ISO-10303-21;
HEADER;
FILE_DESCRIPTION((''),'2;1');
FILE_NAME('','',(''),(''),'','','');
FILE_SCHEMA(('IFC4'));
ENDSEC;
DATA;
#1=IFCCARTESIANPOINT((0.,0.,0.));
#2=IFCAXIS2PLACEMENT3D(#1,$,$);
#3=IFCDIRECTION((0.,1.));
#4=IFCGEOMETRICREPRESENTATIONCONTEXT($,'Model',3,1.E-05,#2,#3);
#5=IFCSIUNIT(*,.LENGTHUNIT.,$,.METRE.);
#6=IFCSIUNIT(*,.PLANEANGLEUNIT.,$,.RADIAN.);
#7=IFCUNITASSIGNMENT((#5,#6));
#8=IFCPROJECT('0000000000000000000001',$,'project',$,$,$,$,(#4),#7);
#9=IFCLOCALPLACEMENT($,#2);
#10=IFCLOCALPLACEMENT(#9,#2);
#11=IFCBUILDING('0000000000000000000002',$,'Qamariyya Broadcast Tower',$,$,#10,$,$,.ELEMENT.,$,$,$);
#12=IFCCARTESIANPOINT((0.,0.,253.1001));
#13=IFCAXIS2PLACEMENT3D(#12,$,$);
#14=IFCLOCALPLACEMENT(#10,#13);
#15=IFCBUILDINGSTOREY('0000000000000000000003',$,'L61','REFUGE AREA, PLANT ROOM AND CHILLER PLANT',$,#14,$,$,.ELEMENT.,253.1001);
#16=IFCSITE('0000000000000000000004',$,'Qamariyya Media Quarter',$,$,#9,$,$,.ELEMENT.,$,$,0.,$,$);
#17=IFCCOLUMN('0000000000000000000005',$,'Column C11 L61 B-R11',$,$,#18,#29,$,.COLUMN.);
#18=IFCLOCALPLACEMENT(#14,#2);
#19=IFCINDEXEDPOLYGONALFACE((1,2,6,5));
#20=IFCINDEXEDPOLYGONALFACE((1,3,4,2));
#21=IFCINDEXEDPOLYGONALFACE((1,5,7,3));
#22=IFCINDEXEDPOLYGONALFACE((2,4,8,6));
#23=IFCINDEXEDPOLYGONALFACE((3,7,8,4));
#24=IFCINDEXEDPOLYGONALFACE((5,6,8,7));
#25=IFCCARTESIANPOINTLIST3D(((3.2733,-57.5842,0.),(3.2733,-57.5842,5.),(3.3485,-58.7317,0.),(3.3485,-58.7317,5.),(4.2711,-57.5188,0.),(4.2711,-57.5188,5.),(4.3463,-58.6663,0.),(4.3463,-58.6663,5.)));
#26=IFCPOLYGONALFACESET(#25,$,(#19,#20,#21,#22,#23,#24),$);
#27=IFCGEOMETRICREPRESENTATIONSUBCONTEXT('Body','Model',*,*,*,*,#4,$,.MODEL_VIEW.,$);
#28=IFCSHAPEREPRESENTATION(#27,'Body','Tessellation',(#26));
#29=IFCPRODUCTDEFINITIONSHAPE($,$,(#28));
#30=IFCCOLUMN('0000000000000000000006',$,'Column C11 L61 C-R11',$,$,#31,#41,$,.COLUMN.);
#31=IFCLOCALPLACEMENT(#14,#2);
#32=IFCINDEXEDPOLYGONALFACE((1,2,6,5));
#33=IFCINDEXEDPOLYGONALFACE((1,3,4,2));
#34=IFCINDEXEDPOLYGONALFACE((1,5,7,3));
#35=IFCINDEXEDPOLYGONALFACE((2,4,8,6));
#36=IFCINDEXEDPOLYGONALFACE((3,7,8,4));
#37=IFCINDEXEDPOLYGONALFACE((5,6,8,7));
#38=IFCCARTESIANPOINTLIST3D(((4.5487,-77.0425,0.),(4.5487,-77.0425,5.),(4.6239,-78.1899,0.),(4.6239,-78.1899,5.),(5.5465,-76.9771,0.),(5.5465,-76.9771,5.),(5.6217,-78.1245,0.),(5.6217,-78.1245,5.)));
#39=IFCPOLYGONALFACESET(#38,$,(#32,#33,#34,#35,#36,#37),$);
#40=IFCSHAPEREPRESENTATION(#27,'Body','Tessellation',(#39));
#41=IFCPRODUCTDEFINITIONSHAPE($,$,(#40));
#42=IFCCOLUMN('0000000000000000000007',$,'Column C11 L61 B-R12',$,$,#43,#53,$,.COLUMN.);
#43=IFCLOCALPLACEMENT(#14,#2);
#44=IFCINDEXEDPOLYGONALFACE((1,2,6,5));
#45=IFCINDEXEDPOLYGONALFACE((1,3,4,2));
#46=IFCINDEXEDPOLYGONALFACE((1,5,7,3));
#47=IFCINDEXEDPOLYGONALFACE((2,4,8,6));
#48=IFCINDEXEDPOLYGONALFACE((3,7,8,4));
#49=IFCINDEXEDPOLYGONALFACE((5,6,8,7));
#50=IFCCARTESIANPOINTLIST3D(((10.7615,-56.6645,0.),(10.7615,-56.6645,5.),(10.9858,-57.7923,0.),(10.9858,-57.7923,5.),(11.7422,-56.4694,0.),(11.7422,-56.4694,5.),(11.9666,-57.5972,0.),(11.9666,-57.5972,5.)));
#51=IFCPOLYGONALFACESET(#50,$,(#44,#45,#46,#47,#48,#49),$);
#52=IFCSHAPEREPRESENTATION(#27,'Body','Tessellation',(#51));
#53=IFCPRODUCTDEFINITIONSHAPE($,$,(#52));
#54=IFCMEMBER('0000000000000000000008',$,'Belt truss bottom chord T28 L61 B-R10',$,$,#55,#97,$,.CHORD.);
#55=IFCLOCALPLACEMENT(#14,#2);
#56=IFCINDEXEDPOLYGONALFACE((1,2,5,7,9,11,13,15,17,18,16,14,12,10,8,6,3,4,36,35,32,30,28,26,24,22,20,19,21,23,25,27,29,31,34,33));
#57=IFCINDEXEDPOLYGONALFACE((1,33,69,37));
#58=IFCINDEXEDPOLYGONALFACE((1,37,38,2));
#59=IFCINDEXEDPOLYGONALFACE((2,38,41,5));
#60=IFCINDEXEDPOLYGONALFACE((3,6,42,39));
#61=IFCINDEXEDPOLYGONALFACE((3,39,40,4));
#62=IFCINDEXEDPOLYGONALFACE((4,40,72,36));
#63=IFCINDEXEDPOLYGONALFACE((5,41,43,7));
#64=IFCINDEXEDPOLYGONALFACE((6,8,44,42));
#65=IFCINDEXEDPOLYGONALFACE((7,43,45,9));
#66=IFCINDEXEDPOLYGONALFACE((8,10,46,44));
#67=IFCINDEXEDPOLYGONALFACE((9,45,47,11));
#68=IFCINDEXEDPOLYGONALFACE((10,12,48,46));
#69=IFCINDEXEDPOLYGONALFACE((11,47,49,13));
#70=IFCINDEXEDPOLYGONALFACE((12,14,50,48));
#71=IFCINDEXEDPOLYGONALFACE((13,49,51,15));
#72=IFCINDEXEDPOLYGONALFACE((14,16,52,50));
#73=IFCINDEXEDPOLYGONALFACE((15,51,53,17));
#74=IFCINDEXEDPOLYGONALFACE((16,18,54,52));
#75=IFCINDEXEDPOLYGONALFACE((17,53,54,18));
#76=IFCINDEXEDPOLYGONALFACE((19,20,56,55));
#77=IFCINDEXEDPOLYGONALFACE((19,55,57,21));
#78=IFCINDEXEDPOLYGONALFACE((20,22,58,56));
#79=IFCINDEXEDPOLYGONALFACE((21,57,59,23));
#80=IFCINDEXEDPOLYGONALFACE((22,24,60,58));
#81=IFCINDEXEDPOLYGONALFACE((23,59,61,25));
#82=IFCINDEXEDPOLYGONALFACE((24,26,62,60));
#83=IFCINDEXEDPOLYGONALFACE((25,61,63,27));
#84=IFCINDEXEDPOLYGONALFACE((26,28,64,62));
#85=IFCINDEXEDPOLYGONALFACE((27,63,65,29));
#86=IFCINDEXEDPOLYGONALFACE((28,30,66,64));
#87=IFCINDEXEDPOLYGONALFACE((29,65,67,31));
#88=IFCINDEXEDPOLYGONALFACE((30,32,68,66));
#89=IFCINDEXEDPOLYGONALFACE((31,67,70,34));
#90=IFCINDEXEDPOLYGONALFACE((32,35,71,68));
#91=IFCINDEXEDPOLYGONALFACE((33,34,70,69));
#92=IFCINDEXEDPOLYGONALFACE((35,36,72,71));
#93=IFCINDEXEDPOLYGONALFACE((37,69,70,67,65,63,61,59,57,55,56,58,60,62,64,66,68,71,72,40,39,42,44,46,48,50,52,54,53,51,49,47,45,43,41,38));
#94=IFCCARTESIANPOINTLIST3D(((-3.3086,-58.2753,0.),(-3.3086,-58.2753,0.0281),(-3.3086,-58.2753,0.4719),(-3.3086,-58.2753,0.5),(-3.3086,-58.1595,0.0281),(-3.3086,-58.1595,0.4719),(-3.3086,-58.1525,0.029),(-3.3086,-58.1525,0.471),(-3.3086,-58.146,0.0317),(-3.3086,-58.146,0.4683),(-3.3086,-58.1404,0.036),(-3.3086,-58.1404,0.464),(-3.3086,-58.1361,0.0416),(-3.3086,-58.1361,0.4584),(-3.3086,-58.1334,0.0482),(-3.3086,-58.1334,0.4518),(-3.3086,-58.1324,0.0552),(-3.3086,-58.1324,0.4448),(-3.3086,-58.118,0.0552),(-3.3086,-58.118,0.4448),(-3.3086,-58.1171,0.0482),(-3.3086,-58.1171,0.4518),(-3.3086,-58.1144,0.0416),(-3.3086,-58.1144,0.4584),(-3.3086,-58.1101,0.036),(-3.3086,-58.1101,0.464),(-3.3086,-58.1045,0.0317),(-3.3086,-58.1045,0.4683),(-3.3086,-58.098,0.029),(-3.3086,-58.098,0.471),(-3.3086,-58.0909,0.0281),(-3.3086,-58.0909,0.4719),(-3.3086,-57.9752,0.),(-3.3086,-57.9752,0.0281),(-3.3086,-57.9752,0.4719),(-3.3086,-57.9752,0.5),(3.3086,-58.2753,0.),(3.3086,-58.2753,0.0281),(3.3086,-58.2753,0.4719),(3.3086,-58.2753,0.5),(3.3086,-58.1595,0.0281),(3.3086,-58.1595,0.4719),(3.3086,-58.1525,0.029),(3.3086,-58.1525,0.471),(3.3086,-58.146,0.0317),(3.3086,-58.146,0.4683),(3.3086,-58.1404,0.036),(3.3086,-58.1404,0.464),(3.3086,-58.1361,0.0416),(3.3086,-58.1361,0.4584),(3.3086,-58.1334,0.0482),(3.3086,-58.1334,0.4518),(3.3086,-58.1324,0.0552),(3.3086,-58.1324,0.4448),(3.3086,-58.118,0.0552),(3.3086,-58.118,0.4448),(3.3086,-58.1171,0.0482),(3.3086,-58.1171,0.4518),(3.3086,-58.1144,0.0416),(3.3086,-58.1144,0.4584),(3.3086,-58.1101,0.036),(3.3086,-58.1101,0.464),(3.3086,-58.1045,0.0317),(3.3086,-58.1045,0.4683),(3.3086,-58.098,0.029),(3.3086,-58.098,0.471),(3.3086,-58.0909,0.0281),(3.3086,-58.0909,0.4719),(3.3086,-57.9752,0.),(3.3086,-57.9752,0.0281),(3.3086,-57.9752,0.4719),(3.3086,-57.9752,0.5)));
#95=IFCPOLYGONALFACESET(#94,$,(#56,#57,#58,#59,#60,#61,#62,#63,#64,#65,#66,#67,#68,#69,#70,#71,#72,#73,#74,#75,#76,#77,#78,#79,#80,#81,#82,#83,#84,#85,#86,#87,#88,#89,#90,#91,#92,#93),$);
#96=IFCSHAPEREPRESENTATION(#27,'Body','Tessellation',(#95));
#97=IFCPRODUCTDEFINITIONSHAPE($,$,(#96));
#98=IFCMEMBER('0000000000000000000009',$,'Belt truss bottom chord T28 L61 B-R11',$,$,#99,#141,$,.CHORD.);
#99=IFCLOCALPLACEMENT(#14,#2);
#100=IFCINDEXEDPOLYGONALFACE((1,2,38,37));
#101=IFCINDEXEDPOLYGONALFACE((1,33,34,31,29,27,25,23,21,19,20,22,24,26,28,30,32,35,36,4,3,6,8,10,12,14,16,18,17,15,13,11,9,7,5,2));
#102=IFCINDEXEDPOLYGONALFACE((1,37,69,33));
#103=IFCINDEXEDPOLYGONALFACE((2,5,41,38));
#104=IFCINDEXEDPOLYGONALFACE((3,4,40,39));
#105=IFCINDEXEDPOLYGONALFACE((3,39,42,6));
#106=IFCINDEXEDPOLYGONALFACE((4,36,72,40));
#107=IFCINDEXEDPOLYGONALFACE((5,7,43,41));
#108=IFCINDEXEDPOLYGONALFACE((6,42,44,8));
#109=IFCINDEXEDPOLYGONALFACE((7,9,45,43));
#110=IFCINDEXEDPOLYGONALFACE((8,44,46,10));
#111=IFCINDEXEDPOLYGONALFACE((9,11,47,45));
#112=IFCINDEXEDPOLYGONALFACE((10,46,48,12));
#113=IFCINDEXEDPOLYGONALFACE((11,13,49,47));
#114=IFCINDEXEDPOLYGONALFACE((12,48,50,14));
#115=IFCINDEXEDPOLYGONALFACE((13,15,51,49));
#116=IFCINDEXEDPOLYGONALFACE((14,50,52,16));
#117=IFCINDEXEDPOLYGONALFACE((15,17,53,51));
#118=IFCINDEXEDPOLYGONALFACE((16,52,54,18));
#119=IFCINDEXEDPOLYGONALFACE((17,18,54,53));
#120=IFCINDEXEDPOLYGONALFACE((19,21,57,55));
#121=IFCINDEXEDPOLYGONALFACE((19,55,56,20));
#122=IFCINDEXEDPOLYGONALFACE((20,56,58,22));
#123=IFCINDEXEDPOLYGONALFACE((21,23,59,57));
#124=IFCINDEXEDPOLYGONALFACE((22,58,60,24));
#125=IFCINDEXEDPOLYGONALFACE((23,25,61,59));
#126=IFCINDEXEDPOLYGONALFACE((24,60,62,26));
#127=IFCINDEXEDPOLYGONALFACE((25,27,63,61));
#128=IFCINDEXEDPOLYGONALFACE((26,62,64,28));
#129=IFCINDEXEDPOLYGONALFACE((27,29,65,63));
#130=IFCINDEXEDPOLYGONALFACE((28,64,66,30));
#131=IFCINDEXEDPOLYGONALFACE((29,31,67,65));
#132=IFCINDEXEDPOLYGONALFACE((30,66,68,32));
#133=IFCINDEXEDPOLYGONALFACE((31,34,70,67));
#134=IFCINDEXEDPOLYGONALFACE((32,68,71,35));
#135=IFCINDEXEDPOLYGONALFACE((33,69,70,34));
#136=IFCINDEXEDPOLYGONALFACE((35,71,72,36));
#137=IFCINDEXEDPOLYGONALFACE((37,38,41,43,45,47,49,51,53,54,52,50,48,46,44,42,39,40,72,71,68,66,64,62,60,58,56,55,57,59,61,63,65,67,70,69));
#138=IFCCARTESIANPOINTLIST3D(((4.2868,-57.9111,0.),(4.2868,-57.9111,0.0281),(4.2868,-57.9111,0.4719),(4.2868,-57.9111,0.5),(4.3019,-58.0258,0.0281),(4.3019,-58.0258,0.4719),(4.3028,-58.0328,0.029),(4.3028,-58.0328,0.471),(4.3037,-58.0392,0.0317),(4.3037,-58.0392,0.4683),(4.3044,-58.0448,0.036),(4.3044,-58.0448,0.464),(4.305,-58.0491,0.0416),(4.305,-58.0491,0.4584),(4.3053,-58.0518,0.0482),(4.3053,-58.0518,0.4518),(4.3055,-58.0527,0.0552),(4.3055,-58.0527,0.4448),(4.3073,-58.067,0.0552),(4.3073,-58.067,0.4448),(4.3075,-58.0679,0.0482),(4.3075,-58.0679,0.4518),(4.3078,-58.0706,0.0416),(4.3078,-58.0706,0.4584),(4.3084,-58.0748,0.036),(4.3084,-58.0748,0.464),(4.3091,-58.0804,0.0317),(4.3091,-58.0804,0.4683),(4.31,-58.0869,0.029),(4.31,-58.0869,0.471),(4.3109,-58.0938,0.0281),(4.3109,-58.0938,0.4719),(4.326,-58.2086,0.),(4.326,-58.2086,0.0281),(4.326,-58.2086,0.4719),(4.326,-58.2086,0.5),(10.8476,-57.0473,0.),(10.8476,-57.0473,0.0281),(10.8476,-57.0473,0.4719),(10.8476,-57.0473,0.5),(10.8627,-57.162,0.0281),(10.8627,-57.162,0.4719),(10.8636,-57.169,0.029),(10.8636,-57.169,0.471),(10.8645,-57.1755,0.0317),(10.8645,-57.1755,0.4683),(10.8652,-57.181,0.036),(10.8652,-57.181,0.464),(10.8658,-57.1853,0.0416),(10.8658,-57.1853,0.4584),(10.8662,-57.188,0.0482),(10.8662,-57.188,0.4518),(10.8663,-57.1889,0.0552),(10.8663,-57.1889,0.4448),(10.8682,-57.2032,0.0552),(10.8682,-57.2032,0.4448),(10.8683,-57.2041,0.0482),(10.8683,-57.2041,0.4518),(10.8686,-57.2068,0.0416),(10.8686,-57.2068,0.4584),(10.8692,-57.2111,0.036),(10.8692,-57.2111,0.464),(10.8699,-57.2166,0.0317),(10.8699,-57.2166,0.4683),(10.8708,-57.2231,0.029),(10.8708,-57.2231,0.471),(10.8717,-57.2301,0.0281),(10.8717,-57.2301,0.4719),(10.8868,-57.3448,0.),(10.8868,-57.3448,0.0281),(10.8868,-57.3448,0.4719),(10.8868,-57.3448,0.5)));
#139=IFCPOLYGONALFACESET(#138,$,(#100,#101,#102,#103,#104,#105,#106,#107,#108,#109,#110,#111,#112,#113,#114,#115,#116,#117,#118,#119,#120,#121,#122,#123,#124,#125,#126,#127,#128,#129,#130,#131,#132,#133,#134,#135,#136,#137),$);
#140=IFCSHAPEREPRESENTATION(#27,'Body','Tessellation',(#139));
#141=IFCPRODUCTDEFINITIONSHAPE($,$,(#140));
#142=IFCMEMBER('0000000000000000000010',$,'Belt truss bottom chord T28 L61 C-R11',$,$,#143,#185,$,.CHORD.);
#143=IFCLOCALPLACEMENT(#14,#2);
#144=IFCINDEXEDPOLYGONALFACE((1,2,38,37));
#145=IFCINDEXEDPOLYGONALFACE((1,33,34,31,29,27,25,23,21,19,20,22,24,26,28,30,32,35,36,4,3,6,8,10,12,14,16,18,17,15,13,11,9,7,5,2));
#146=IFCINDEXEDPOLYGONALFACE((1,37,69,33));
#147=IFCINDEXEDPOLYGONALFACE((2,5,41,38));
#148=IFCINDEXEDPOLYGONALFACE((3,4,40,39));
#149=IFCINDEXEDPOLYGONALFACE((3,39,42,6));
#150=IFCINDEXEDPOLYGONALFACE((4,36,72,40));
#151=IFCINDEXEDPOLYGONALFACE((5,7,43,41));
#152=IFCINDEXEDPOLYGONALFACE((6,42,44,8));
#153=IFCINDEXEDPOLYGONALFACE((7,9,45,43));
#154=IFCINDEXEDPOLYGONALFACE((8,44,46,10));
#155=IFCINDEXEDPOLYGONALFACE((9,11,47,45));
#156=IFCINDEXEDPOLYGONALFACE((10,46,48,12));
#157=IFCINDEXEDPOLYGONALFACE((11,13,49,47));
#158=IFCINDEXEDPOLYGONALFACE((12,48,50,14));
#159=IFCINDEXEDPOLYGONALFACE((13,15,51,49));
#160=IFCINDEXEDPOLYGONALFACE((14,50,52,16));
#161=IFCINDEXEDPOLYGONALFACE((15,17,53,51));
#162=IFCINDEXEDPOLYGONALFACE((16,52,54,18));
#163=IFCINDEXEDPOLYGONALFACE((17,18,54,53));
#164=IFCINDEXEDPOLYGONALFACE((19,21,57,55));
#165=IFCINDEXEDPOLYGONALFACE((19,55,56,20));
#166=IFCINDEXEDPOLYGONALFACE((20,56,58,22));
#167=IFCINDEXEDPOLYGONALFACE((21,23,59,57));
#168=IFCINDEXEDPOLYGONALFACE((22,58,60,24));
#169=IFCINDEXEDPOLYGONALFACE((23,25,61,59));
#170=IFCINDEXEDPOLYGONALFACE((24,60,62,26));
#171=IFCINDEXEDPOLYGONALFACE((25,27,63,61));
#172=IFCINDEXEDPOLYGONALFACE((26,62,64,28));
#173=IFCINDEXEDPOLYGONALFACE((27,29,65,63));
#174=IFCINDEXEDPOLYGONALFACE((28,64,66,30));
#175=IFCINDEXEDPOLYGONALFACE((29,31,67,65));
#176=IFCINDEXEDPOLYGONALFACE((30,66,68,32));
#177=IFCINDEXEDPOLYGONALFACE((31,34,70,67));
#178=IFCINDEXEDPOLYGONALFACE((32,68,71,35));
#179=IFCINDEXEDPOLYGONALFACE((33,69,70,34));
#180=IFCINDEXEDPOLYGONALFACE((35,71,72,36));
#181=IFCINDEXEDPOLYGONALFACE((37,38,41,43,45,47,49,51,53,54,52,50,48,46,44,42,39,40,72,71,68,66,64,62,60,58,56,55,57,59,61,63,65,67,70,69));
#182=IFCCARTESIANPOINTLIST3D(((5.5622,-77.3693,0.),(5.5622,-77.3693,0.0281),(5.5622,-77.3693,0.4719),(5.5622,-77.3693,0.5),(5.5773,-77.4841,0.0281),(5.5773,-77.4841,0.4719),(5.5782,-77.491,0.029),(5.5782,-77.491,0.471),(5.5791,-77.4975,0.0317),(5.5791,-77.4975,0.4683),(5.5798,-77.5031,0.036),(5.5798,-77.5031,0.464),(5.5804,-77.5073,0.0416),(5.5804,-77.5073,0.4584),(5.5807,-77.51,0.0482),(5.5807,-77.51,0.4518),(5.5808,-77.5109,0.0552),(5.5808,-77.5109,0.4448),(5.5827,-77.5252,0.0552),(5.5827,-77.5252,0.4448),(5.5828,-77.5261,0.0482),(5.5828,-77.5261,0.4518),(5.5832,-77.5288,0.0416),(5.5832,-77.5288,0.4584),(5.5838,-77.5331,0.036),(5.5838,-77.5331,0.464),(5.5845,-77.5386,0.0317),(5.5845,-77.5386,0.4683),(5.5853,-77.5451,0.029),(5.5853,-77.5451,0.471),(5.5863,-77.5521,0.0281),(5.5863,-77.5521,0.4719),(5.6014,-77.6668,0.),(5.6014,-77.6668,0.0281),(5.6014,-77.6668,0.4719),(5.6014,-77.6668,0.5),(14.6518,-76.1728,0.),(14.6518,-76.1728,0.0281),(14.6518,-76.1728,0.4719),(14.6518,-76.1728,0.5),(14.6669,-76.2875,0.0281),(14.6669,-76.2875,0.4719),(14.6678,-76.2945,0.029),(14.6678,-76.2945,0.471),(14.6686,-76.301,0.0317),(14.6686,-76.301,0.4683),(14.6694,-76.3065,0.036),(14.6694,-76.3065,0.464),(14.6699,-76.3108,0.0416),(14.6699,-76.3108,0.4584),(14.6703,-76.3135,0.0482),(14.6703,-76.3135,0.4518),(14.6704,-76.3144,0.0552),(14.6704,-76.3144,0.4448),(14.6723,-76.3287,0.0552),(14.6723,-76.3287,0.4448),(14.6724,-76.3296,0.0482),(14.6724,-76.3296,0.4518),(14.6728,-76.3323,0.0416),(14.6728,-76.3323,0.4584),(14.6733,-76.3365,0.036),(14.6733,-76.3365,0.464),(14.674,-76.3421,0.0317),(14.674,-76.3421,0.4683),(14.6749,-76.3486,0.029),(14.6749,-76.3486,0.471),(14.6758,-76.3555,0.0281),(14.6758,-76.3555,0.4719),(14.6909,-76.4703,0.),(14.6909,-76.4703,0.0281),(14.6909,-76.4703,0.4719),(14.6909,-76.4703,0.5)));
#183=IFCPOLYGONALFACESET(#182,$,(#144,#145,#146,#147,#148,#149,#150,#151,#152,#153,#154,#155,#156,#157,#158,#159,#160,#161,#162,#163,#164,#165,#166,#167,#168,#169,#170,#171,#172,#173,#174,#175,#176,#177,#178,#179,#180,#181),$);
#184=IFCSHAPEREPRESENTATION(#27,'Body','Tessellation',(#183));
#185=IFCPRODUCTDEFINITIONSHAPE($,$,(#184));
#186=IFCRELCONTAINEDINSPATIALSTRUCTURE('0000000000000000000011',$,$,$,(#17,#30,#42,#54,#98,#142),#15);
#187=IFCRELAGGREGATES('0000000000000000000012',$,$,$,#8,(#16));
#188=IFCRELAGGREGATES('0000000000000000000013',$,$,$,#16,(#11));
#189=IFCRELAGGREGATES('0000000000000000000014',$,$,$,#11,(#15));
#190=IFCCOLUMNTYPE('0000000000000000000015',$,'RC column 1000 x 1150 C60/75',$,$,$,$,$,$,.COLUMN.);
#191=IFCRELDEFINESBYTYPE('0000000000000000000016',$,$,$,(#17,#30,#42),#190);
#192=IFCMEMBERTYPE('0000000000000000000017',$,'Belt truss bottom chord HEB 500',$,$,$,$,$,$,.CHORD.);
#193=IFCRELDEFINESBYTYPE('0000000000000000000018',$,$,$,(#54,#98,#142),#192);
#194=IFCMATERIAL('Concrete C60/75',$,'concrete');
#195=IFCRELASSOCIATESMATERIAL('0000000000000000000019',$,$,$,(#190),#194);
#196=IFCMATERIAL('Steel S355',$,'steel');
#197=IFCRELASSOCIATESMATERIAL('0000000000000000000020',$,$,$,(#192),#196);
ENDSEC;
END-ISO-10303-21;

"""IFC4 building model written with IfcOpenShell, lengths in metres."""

from ifc_helpers import new_model, si_unit, direction, frame, origin, origin_2d, place, context, subcontext, project, spatial, rectangle, i_section, extrude, material, material_profile, profile_set, type_object, element, save


model = new_model("IFC4")

# Units and contexts
model_context = context("Model", 3, precision=1e-05, world=origin(), true_north=direction((0.0, 1.0)))
body_context = subcontext(model_context, "Body", "Model", "MODEL_VIEW")
ifc_project = project(units=[si_unit("LENGTHUNIT", "METRE"), si_unit("PLANEANGLEUNIT", "RADIAN")], contexts=[model_context])

# Site, building, storey
site_placement = place(None, origin())
site = spatial("IfcSite", under=ifc_project, at=site_placement, Name="Qamariyya Media Quarter", CompositionType="ELEMENT", RefElevation=0.0)
building_placement = place(site_placement, origin())
building = spatial("IfcBuilding", under=site, at=building_placement, Name="Qamariyya Broadcast Tower", CompositionType="ELEMENT")
storey_placement = place(building_placement, frame((0.0, 0.0, 253.1001)))
storey = spatial("IfcBuildingStorey", under=building, at=storey_placement, Name="L61", Description="REFUGE AREA, PLANT ROOM AND CHILLER PLANT", CompositionType="ELEMENT", Elevation=253.1001)

# Columns
ifc_material_1 = material(Name="Concrete C60/75", Category="concrete")
ifc_material_profile_1 = material_profile(ifc_material_1, rectangle(XDim=1.0, YDim=1.1499, at=origin_2d()))
ifc_profile_set_1 = profile_set([ifc_material_profile_1], Name="Concrete C60/75")
column_type = type_object("IfcColumnType", Name="RC column 1000 x 1150 C60/75", PredefinedType="COLUMN", material=ifc_profile_set_1)
for number, where, z_axis, x_axis, name in (
    (1, (3.8098, -58.1252, 0.0), (0.0, 0.0, 1.0), (0.997859, 0.065403, 0.0), "Column C11 L61 B-R11"),
    (2, (5.0852, -77.5835, 0.0), (0.0, 0.0, 1.0), (0.997859, 0.065403, 0.0), "Column C11 L61 C-R11"),
    (3, (11.364, -57.1309, 0.0), (0.0, 0.0, 1.0), (0.980785, 0.19509, 0.0), "Column C11 L61 B-R12"),
):
    element("IfcColumn", number, at=place(storey_placement, frame(where, z_axis=z_axis, x_axis=x_axis)), inside=storey, type_object=column_type, Name=name, PredefinedType="COLUMN", context=body_context, shape_type="SweptSolid", body=[
        extrude(rectangle(XDim=1.0, YDim=1.1499, at=origin_2d()), origin(), (0.0, 0.0, 1.0), 5.0),
    ])

# Members
ifc_material_2 = material(Name="Steel S355", Category="steel")
ifc_material_profile_2 = material_profile(ifc_material_2, i_section(OverallWidth=0.3, OverallDepth=0.5, WebThickness=0.0144, FlangeThickness=0.0281, FilletRadius=0.0271, at=origin_2d()))
ifc_profile_set_2 = profile_set([ifc_material_profile_2], Name="Steel S355")
member_type_1 = type_object("IfcMemberType", Name="Belt truss bottom chord HEB 500", PredefinedType="CHORD", material=ifc_profile_set_2)
member_1_placement = place(storey_placement, frame((-3.3086, -58.1252, 0.25), z_axis=(1.0, 0.0, 0.0), x_axis=(0.0, 1.0, 0.0)))
element("IfcMember", 4, at=member_1_placement, inside=storey, type_object=member_type_1, Name="Belt truss bottom chord T28 L61 B-R10", PredefinedType="CHORD", context=body_context, shape_type="SweptSolid", body=[
    extrude(i_section(OverallWidth=0.3, OverallDepth=0.5, WebThickness=0.0144, FlangeThickness=0.0281, FilletRadius=0.0271, at=origin_2d()), origin(), (0.0, 0.0, 1.0), 6.6172),
])
member_2_placement = place(storey_placement, frame((4.3064, -58.0598, 0.25), z_axis=(0.991444, 0.13053, 0.0), x_axis=(-0.13053, 0.991444, 0.0)))
element("IfcMember", 5, at=member_2_placement, inside=storey, type_object=member_type_1, Name="Belt truss bottom chord T28 L61 B-R11", PredefinedType="CHORD", context=body_context, shape_type="SweptSolid", body=[
    extrude(i_section(OverallWidth=0.3, OverallDepth=0.5, WebThickness=0.0144, FlangeThickness=0.0281, FilletRadius=0.0271, at=origin_2d()), origin(), (0.0, 0.0, 1.0), 6.6174),
])
member_3_placement = place(storey_placement, frame((5.5818, -77.5181, 0.25), z_axis=(0.991447, 0.130512, 0.0), x_axis=(-0.130512, 0.991447, 0.0)))
element("IfcMember", 6, at=member_3_placement, inside=storey, type_object=member_type_1, Name="Belt truss bottom chord T28 L61 C-R11", PredefinedType="CHORD", context=body_context, shape_type="SweptSolid", body=[
    extrude(i_section(OverallWidth=0.3, OverallDepth=0.5, WebThickness=0.0144, FlangeThickness=0.0281, FilletRadius=0.0271, at=origin_2d()), origin(), (0.0, 0.0, 1.0), 9.168),
])

save(model, "model.ifc")
